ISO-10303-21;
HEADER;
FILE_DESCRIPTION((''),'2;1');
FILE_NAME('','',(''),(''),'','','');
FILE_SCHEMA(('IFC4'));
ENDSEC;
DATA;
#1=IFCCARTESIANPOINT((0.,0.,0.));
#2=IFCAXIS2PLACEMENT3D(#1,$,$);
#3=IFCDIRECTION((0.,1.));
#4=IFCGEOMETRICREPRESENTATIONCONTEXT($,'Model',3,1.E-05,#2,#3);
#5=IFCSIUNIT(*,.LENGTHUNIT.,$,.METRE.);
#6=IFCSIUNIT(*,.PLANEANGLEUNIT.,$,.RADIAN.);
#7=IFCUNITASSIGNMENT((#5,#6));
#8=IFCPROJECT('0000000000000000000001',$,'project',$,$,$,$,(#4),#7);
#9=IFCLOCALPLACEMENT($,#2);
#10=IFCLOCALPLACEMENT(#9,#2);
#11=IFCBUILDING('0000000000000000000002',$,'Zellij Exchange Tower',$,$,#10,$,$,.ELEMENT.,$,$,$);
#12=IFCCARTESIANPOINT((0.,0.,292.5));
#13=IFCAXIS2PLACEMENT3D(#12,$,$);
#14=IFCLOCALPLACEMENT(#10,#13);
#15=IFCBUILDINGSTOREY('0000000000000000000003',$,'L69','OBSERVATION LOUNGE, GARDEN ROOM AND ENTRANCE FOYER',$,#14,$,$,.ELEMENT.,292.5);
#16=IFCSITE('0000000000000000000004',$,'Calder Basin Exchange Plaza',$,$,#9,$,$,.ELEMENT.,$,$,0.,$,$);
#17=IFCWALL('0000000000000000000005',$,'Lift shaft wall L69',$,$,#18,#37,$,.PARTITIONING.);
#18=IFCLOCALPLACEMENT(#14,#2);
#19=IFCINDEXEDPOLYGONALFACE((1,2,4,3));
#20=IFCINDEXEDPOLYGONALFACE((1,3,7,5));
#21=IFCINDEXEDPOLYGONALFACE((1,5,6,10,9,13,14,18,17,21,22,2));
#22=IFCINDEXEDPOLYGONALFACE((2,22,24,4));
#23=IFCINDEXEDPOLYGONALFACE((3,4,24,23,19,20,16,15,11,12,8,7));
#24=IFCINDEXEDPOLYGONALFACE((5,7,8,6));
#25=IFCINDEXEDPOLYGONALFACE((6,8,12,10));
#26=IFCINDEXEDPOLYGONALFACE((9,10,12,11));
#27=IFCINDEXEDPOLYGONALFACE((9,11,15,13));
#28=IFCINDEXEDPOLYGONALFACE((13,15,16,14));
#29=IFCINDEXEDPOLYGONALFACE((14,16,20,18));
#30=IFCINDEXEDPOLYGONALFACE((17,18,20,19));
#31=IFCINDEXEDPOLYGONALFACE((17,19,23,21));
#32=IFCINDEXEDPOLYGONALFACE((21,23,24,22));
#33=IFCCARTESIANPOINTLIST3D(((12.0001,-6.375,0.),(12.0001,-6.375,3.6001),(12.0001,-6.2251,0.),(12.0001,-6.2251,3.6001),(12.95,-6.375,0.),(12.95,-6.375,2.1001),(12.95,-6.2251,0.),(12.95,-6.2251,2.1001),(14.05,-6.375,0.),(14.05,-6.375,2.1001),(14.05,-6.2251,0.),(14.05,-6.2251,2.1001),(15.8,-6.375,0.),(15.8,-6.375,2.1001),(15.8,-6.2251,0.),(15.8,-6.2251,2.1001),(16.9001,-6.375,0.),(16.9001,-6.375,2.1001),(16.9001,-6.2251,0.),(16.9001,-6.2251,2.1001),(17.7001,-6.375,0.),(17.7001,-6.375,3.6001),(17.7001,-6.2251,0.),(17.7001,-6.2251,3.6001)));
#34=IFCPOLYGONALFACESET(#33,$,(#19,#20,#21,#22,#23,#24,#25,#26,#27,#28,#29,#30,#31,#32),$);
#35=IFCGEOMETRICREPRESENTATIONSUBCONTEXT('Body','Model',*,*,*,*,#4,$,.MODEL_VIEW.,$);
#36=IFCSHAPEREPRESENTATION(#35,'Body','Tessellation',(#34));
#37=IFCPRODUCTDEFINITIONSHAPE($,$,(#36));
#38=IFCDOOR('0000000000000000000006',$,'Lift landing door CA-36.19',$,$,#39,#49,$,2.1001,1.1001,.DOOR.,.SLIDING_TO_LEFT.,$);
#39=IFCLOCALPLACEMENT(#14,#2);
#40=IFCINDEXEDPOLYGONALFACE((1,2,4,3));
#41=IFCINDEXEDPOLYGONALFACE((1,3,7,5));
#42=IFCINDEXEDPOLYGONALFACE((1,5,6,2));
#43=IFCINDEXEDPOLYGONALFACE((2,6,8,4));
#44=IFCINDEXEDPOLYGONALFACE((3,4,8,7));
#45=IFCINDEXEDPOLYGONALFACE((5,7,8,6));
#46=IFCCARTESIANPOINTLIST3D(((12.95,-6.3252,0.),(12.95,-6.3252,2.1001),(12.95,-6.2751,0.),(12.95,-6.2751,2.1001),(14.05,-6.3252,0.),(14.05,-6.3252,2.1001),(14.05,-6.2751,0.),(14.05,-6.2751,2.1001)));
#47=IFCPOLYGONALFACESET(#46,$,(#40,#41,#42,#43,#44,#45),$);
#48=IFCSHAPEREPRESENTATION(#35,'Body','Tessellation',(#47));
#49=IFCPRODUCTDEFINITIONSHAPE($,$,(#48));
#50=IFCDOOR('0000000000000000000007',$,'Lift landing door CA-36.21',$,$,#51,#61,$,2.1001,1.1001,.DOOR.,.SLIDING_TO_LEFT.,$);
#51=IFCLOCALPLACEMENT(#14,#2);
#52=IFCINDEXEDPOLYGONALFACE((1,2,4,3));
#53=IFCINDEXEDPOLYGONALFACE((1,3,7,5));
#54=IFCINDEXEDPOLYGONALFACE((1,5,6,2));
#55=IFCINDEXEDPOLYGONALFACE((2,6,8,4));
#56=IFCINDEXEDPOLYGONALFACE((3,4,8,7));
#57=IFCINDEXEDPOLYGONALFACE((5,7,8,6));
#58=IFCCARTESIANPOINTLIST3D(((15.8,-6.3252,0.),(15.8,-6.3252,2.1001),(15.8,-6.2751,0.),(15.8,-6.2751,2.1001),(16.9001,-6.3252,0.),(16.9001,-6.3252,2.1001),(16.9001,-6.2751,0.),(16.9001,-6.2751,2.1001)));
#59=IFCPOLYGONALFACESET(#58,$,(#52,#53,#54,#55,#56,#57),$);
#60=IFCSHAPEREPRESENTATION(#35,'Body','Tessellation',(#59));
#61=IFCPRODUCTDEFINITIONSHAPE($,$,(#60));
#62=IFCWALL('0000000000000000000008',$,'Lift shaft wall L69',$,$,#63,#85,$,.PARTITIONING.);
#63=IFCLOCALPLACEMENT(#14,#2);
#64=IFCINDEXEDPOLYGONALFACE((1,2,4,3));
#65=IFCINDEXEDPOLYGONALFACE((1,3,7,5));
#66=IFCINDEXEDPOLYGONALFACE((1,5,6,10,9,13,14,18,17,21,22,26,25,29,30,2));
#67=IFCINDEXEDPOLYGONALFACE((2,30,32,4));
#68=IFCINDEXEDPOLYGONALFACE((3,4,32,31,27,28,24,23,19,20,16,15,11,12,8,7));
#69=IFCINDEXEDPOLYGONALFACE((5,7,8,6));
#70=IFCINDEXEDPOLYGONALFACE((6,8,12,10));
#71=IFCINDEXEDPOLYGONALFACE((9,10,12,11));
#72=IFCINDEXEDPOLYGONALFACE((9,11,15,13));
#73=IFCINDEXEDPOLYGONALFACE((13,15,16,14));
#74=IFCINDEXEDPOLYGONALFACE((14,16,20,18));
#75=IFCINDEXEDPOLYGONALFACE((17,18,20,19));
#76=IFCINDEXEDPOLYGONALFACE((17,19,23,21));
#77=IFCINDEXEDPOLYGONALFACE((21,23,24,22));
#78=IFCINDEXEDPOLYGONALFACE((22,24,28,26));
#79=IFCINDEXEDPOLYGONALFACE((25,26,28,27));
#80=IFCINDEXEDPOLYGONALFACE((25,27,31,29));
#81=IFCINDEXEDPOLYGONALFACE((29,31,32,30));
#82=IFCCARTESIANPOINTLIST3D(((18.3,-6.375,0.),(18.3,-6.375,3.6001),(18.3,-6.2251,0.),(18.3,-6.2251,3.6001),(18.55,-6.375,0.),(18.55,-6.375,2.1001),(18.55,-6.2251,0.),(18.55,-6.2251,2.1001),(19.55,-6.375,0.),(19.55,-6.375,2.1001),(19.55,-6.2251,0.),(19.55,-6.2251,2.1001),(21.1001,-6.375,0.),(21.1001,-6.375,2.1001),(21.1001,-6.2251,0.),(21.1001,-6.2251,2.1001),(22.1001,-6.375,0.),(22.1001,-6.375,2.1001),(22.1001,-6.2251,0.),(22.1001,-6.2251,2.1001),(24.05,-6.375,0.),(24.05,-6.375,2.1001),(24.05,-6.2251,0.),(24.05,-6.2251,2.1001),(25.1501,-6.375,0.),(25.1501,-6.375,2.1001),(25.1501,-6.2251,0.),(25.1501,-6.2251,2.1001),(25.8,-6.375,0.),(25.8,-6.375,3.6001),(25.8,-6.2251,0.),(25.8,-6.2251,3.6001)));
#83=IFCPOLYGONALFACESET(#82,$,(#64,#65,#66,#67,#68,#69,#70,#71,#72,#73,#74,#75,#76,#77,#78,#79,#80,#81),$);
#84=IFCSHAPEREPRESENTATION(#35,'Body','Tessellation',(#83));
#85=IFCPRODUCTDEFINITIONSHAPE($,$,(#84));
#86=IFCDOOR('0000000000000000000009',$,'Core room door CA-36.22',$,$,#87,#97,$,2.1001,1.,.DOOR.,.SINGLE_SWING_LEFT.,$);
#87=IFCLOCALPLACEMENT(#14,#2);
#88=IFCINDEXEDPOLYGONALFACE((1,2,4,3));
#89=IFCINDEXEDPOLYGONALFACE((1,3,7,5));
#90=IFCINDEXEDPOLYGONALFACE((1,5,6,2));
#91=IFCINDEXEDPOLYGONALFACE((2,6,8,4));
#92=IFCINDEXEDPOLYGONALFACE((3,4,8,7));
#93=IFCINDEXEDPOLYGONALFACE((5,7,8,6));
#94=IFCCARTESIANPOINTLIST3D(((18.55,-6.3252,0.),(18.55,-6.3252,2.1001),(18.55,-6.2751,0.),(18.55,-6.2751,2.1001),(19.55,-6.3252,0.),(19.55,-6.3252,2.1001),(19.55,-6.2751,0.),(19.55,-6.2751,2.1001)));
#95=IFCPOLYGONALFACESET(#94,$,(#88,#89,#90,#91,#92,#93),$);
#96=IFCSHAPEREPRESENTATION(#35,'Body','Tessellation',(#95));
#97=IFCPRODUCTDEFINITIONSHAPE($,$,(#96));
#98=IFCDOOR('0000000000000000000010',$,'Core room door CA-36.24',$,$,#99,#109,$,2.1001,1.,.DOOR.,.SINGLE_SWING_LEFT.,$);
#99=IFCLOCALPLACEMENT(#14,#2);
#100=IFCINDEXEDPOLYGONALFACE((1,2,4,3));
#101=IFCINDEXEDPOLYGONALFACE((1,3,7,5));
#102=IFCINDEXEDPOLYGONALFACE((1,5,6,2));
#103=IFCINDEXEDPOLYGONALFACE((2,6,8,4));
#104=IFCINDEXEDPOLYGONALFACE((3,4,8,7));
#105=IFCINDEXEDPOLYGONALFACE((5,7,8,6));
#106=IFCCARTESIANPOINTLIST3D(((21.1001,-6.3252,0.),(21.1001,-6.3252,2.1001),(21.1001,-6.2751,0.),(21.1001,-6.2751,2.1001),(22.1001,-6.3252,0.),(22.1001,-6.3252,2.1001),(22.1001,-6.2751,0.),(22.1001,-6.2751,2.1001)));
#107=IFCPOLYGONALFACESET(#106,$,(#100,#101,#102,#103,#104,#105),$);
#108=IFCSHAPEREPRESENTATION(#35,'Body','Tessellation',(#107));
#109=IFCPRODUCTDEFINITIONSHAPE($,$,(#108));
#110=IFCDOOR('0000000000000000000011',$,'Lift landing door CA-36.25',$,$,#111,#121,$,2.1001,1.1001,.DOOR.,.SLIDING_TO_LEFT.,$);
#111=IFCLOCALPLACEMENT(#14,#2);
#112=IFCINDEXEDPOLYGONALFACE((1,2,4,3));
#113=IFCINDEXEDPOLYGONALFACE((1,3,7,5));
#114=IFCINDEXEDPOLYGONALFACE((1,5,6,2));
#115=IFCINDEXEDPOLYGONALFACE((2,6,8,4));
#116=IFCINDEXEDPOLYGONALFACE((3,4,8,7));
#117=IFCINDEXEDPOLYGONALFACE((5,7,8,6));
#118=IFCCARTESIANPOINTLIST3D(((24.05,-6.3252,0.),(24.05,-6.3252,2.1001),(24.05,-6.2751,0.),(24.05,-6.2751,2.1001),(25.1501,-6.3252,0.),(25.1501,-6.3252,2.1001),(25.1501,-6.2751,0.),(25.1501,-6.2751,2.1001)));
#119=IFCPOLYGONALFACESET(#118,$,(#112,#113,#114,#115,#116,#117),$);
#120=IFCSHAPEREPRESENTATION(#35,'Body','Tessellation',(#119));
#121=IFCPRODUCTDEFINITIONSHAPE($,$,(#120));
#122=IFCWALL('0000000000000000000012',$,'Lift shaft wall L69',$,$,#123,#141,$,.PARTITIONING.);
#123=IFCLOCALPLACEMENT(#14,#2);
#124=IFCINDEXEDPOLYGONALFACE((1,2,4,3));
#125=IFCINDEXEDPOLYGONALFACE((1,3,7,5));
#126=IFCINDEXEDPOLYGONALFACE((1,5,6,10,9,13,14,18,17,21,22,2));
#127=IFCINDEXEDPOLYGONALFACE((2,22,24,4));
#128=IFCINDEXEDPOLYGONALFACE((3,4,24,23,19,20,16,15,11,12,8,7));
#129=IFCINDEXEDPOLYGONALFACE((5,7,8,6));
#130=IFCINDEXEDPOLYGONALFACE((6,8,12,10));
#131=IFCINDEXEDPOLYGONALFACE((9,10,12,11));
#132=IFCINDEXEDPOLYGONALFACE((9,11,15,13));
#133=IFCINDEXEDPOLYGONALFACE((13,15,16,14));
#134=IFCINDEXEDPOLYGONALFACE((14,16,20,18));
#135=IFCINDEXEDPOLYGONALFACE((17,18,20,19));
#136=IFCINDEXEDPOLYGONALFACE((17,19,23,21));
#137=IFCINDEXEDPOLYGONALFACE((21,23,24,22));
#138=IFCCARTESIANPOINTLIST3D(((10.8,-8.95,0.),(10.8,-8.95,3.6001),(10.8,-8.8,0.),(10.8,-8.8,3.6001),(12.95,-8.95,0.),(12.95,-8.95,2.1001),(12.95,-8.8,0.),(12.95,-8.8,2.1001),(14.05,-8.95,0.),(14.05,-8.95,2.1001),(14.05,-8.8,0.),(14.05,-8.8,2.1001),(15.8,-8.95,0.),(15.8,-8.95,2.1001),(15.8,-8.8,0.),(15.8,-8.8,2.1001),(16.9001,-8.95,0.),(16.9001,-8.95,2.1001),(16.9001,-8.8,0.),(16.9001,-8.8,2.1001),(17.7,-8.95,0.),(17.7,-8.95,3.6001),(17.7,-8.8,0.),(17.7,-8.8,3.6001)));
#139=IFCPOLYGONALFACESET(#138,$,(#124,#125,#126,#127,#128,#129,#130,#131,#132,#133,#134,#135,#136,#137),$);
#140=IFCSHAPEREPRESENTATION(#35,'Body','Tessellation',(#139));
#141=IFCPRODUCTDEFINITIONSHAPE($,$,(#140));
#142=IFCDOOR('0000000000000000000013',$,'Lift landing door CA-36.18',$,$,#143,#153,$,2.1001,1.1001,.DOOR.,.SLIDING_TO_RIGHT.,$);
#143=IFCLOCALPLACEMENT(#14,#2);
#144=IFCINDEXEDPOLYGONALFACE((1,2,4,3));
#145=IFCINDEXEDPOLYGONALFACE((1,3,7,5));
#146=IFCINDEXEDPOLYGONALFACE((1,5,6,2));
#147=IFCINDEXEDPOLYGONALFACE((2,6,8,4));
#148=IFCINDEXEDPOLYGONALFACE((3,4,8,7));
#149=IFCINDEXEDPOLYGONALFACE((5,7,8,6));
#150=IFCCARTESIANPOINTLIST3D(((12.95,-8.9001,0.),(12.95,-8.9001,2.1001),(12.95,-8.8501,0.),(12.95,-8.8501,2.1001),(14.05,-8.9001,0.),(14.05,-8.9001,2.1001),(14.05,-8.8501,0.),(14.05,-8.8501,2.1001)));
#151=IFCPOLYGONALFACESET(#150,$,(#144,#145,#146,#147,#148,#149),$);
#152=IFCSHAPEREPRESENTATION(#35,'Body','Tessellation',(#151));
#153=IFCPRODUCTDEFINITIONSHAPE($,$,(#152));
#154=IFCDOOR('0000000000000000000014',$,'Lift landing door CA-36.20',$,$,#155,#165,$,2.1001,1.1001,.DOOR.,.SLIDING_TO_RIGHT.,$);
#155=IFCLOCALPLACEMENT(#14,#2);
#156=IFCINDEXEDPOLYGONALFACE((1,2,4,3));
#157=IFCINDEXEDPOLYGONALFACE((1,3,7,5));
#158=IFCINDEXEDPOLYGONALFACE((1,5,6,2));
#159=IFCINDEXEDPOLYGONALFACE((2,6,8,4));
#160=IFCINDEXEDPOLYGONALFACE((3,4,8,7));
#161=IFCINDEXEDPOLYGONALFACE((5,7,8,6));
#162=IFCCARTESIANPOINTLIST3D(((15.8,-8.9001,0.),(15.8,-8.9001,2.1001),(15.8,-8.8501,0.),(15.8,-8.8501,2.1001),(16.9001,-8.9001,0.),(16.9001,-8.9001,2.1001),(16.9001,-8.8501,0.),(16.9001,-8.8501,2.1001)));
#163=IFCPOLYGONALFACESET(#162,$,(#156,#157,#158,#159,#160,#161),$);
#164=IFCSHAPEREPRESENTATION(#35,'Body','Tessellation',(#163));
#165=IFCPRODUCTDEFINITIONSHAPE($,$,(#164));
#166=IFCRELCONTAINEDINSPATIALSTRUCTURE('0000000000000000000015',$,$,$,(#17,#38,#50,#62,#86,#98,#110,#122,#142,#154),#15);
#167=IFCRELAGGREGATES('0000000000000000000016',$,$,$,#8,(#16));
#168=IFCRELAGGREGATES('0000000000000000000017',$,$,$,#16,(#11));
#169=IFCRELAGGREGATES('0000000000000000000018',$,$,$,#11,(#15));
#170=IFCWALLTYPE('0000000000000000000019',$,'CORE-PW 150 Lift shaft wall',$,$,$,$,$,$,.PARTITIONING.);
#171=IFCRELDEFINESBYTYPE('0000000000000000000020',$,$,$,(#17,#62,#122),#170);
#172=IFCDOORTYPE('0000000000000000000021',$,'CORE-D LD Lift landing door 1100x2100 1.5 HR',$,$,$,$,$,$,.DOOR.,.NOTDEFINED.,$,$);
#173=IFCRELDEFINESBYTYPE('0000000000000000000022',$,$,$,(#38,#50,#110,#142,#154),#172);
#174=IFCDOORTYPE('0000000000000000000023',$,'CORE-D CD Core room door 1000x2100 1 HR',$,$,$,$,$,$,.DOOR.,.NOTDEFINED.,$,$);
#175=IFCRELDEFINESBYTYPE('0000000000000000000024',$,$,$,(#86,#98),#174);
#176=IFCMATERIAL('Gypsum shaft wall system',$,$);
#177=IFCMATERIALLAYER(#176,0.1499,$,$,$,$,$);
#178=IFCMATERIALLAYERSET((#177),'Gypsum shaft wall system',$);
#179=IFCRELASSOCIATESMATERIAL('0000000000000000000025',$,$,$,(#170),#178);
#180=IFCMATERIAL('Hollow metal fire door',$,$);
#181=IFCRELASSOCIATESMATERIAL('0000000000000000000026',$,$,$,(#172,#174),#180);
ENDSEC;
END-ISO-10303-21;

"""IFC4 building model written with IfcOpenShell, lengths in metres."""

from ifc_helpers import new_model, si_unit, direction, frame, frame_2d, origin, place, context, subcontext, project, spatial, rectangle, extrude, material, layer, layer_set, type_object, element, fill, save


model = new_model("IFC4")

# Units and contexts
model_context = context("Model", 3, precision=1e-05, world=origin(), true_north=direction((0.0, 1.0)))
body_context = subcontext(model_context, "Body", "Model", "MODEL_VIEW")
ifc_project = project(units=[si_unit("LENGTHUNIT", "METRE"), si_unit("PLANEANGLEUNIT", "RADIAN")], contexts=[model_context])

# Site, building, storey
site_placement = place(None, origin())
site = spatial("IfcSite", under=ifc_project, at=site_placement, Name="Calder Basin Exchange Plaza", CompositionType="ELEMENT", RefElevation=0.0)
building_placement = place(site_placement, origin())
building = spatial("IfcBuilding", under=site, at=building_placement, Name="Zellij Exchange Tower", CompositionType="ELEMENT")
storey_placement = place(building_placement, frame((0.0, 0.0, 292.5)))
storey = spatial("IfcBuildingStorey", under=building, at=storey_placement, Name="L69", Description="OBSERVATION LOUNGE, GARDEN ROOM AND ENTRANCE FOYER", CompositionType="ELEMENT", Elevation=292.5)

# Shared definitions
ifc_material_1 = material(Name="Hollow metal fire door")

# Shared definitions
ifc_material_2 = material(Name="Gypsum shaft wall system")
ifc_layer_1 = layer(ifc_material_2, 0.1499)
ifc_layer_set_1 = layer_set([ifc_layer_1], Name="Gypsum shaft wall system")
wall_type_1 = type_object("IfcWallType", Name="CORE-PW 150 Lift shaft wall", PredefinedType="PARTITIONING", material=ifc_layer_set_1)

# Walls, openings, doors
wall_1_placement = place(storey_placement, frame((12.0, -6.3, 0.0), z_axis=(0.0, 0.0, 1.0), x_axis=(1.0, 0.0, 0.0)))
wall_1 = element("IfcWall", 1, at=wall_1_placement, inside=storey, type_object=wall_type_1, Name="Lift shaft wall L69", PredefinedType="PARTITIONING", context=body_context, shape_type="SweptSolid", body=[
    extrude(rectangle(XDim=5.7, YDim=0.1499, at=frame_2d((2.8501, 0.0))), origin(), (0.0, 0.0, 1.0), 3.6001),
])
opening_1_placement = place(wall_1_placement, frame((0.95, 0.0, 0.0)))
opening_1 = element("IfcOpeningElement", 2, at=opening_1_placement, cuts=wall_1, PredefinedType="OPENING", context=body_context, shape_type="SweptSolid", body=[
    extrude(rectangle(XDim=1.1001, YDim=2.1001, at=frame_2d((0.55, 1.05))), frame((0.0, 0.0869, 0.0), z_axis=(0.0, -1.0, 0.0), x_axis=(1.0, 0.0, 0.0)), (0.0, 0.0, 1.0), 0.1738),
])
opening_2_placement = place(wall_1_placement, frame((3.8, 0.0, 0.0)))
opening_2 = element("IfcOpeningElement", 3, at=opening_2_placement, cuts=wall_1, PredefinedType="OPENING", context=body_context, shape_type="SweptSolid", body=[
    extrude(rectangle(XDim=1.1001, YDim=2.1001, at=frame_2d((0.55, 1.05))), frame((0.0, 0.0869, 0.0), z_axis=(0.0, -1.0, 0.0), x_axis=(1.0, 0.0, 0.0)), (0.0, 0.0, 1.0), 0.1738),
])
door_type_1 = type_object("IfcDoorType", Name="CORE-D LD Lift landing door 1100x2100 1.5 HR", OperationType="NOTDEFINED", PredefinedType="DOOR", material=ifc_material_1)
door_1_placement = place(opening_1_placement, origin())
door_1 = element("IfcDoor", 4, at=door_1_placement, inside=storey, type_object=door_type_1, Name="Lift landing door CA-36.19", OperationType="SLIDING_TO_LEFT", OverallHeight=2.1001, OverallWidth=1.1001, PredefinedType="DOOR", context=body_context, shape_type="SweptSolid", body=[
    extrude(rectangle(XDim=1.1001, YDim=2.1001, at=frame_2d((0.55, 1.05))), frame((0.0, 0.0249, 0.0), z_axis=(0.0, -1.0, 0.0), x_axis=(1.0, 0.0, 0.0)), (0.0, 0.0, 1.0), 0.05),
])
fill(opening_1, door_1)
door_2_placement = place(opening_2_placement, origin())
door_2 = element("IfcDoor", 5, at=door_2_placement, inside=storey, type_object=door_type_1, Name="Lift landing door CA-36.21", OperationType="SLIDING_TO_LEFT", OverallHeight=2.1001, OverallWidth=1.1001, PredefinedType="DOOR", context=body_context, shape_type="SweptSolid", body=[
    extrude(rectangle(XDim=1.1001, YDim=2.1001, at=frame_2d((0.55, 1.05))), frame((0.0, 0.0249, 0.0), z_axis=(0.0, -1.0, 0.0), x_axis=(1.0, 0.0, 0.0)), (0.0, 0.0, 1.0), 0.05),
])
fill(opening_2, door_2)
wall_2_placement = place(storey_placement, frame((18.3, -6.3, 0.0), z_axis=(0.0, 0.0, 1.0), x_axis=(1.0, 0.0, 0.0)))
wall_2 = element("IfcWall", 6, at=wall_2_placement, inside=storey, type_object=wall_type_1, Name="Lift shaft wall L69", PredefinedType="PARTITIONING", context=body_context, shape_type="SweptSolid", body=[
    extrude(rectangle(XDim=7.5, YDim=0.1499, at=frame_2d((3.75, 0.0))), origin(), (0.0, 0.0, 1.0), 3.6001),
])
opening_3_placement = place(wall_2_placement, frame((0.25, 0.0, 0.0)))
opening_3 = element("IfcOpeningElement", 7, at=opening_3_placement, cuts=wall_2, PredefinedType="OPENING", context=body_context, shape_type="SweptSolid", body=[
    extrude(rectangle(XDim=1.0, YDim=2.1001, at=frame_2d((0.5, 1.05))), frame((0.0, 0.0869, 0.0), z_axis=(0.0, -1.0, 0.0), x_axis=(1.0, 0.0, 0.0)), (0.0, 0.0, 1.0), 0.1738),
])
opening_4_placement = place(wall_2_placement, frame((2.8, 0.0, 0.0)))
opening_4 = element("IfcOpeningElement", 8, at=opening_4_placement, cuts=wall_2, PredefinedType="OPENING", context=body_context, shape_type="SweptSolid", body=[
    extrude(rectangle(XDim=1.0, YDim=2.1001, at=frame_2d((0.5, 1.05))), frame((0.0, 0.0869, 0.0), z_axis=(0.0, -1.0, 0.0), x_axis=(1.0, 0.0, 0.0)), (0.0, 0.0, 1.0), 0.1738),
])
opening_5_placement = place(wall_2_placement, frame((5.75, 0.0, 0.0)))
opening_5 = element("IfcOpeningElement", 9, at=opening_5_placement, cuts=wall_2, PredefinedType="OPENING", context=body_context, shape_type="SweptSolid", body=[
    extrude(rectangle(XDim=1.1001, YDim=2.1001, at=frame_2d((0.55, 1.05))), frame((0.0, 0.0869, 0.0), z_axis=(0.0, -1.0, 0.0), x_axis=(1.0, 0.0, 0.0)), (0.0, 0.0, 1.0), 0.1738),
])
door_type_2 = type_object("IfcDoorType", Name="CORE-D CD Core room door 1000x2100 1 HR", OperationType="NOTDEFINED", PredefinedType="DOOR", material=ifc_material_1)
door_3_placement = place(opening_3_placement, origin())
door_3 = element("IfcDoor", 10, at=door_3_placement, inside=storey, type_object=door_type_2, Name="Core room door CA-36.22", OperationType="SINGLE_SWING_LEFT", OverallHeight=2.1001, OverallWidth=1.0, PredefinedType="DOOR", context=body_context, shape_type="SweptSolid", body=[
    extrude(rectangle(XDim=1.0, YDim=2.1001, at=frame_2d((0.5, 1.05))), frame((0.0, 0.0249, 0.0), z_axis=(0.0, -1.0, 0.0), x_axis=(1.0, 0.0, 0.0)), (0.0, 0.0, 1.0), 0.05),
])
fill(opening_3, door_3)
door_4_placement = place(opening_4_placement, origin())
door_4 = element("IfcDoor", 11, at=door_4_placement, inside=storey, type_object=door_type_2, Name="Core room door CA-36.24", OperationType="SINGLE_SWING_LEFT", OverallHeight=2.1001, OverallWidth=1.0, PredefinedType="DOOR", context=body_context, shape_type="SweptSolid", body=[
    extrude(rectangle(XDim=1.0, YDim=2.1001, at=frame_2d((0.5, 1.05))), frame((0.0, 0.0249, 0.0), z_axis=(0.0, -1.0, 0.0), x_axis=(1.0, 0.0, 0.0)), (0.0, 0.0, 1.0), 0.05),
])
fill(opening_4, door_4)
door_5_placement = place(opening_5_placement, origin())
door_5 = element("IfcDoor", 12, at=door_5_placement, inside=storey, type_object=door_type_1, Name="Lift landing door CA-36.25", OperationType="SLIDING_TO_LEFT", OverallHeight=2.1001, OverallWidth=1.1001, PredefinedType="DOOR", context=body_context, shape_type="SweptSolid", body=[
    extrude(rectangle(XDim=1.1001, YDim=2.1001, at=frame_2d((0.55, 1.05))), frame((0.0, 0.0249, 0.0), z_axis=(0.0, -1.0, 0.0), x_axis=(1.0, 0.0, 0.0)), (0.0, 0.0, 1.0), 0.05),
])
fill(opening_5, door_5)
wall_3_placement = place(storey_placement, frame((10.8, -8.875, 0.0), z_axis=(0.0, 0.0, 1.0), x_axis=(1.0, 0.0, 0.0)))
wall_3 = element("IfcWall", 13, at=wall_3_placement, inside=storey, type_object=wall_type_1, Name="Lift shaft wall L69", PredefinedType="PARTITIONING", context=body_context, shape_type="SweptSolid", body=[
    extrude(rectangle(XDim=6.8999, YDim=0.1499, at=frame_2d((3.45, 0.0))), origin(), (0.0, 0.0, 1.0), 3.6001),
])
opening_6_placement = place(wall_3_placement, frame((2.1499, 0.0, 0.0)))
opening_6 = element("IfcOpeningElement", 14, at=opening_6_placement, cuts=wall_3, PredefinedType="OPENING", context=body_context, shape_type="SweptSolid", body=[
    extrude(rectangle(XDim=1.1001, YDim=2.1001, at=frame_2d((0.55, 1.05))), frame((0.0, 0.0869, 0.0), z_axis=(0.0, -1.0, 0.0), x_axis=(1.0, 0.0, 0.0)), (0.0, 0.0, 1.0), 0.1738),
])
opening_7_placement = place(wall_3_placement, frame((5.0, 0.0, 0.0)))
opening_7 = element("IfcOpeningElement", 15, at=opening_7_placement, cuts=wall_3, PredefinedType="OPENING", context=body_context, shape_type="SweptSolid", body=[
    extrude(rectangle(XDim=1.1001, YDim=2.1001, at=frame_2d((0.55, 1.05))), frame((0.0, 0.0869, 0.0), z_axis=(0.0, -1.0, 0.0), x_axis=(1.0, 0.0, 0.0)), (0.0, 0.0, 1.0), 0.1738),
])
door_6_placement = place(opening_6_placement, origin())
door_6 = element("IfcDoor", 16, at=door_6_placement, inside=storey, type_object=door_type_1, Name="Lift landing door CA-36.18", OperationType="SLIDING_TO_RIGHT", OverallHeight=2.1001, OverallWidth=1.1001, PredefinedType="DOOR", context=body_context, shape_type="SweptSolid", body=[
    extrude(rectangle(XDim=1.1001, YDim=2.1001, at=frame_2d((0.55, 1.05))), frame((0.0, 0.0249, 0.0), z_axis=(0.0, -1.0, 0.0), x_axis=(1.0, 0.0, 0.0)), (0.0, 0.0, 1.0), 0.05),
])
fill(opening_6, door_6)
door_7_placement = place(opening_7_placement, origin())
door_7 = element("IfcDoor", 17, at=door_7_placement, inside=storey, type_object=door_type_1, Name="Lift landing door CA-36.20", OperationType="SLIDING_TO_RIGHT", OverallHeight=2.1001, OverallWidth=1.1001, PredefinedType="DOOR", context=body_context, shape_type="SweptSolid", body=[
    extrude(rectangle(XDim=1.1001, YDim=2.1001, at=frame_2d((0.55, 1.05))), frame((0.0, 0.0249, 0.0), z_axis=(0.0, -1.0, 0.0), x_axis=(1.0, 0.0, 0.0)), (0.0, 0.0, 1.0), 0.05),
])
fill(opening_7, door_7)

save(model, "model.ifc")
